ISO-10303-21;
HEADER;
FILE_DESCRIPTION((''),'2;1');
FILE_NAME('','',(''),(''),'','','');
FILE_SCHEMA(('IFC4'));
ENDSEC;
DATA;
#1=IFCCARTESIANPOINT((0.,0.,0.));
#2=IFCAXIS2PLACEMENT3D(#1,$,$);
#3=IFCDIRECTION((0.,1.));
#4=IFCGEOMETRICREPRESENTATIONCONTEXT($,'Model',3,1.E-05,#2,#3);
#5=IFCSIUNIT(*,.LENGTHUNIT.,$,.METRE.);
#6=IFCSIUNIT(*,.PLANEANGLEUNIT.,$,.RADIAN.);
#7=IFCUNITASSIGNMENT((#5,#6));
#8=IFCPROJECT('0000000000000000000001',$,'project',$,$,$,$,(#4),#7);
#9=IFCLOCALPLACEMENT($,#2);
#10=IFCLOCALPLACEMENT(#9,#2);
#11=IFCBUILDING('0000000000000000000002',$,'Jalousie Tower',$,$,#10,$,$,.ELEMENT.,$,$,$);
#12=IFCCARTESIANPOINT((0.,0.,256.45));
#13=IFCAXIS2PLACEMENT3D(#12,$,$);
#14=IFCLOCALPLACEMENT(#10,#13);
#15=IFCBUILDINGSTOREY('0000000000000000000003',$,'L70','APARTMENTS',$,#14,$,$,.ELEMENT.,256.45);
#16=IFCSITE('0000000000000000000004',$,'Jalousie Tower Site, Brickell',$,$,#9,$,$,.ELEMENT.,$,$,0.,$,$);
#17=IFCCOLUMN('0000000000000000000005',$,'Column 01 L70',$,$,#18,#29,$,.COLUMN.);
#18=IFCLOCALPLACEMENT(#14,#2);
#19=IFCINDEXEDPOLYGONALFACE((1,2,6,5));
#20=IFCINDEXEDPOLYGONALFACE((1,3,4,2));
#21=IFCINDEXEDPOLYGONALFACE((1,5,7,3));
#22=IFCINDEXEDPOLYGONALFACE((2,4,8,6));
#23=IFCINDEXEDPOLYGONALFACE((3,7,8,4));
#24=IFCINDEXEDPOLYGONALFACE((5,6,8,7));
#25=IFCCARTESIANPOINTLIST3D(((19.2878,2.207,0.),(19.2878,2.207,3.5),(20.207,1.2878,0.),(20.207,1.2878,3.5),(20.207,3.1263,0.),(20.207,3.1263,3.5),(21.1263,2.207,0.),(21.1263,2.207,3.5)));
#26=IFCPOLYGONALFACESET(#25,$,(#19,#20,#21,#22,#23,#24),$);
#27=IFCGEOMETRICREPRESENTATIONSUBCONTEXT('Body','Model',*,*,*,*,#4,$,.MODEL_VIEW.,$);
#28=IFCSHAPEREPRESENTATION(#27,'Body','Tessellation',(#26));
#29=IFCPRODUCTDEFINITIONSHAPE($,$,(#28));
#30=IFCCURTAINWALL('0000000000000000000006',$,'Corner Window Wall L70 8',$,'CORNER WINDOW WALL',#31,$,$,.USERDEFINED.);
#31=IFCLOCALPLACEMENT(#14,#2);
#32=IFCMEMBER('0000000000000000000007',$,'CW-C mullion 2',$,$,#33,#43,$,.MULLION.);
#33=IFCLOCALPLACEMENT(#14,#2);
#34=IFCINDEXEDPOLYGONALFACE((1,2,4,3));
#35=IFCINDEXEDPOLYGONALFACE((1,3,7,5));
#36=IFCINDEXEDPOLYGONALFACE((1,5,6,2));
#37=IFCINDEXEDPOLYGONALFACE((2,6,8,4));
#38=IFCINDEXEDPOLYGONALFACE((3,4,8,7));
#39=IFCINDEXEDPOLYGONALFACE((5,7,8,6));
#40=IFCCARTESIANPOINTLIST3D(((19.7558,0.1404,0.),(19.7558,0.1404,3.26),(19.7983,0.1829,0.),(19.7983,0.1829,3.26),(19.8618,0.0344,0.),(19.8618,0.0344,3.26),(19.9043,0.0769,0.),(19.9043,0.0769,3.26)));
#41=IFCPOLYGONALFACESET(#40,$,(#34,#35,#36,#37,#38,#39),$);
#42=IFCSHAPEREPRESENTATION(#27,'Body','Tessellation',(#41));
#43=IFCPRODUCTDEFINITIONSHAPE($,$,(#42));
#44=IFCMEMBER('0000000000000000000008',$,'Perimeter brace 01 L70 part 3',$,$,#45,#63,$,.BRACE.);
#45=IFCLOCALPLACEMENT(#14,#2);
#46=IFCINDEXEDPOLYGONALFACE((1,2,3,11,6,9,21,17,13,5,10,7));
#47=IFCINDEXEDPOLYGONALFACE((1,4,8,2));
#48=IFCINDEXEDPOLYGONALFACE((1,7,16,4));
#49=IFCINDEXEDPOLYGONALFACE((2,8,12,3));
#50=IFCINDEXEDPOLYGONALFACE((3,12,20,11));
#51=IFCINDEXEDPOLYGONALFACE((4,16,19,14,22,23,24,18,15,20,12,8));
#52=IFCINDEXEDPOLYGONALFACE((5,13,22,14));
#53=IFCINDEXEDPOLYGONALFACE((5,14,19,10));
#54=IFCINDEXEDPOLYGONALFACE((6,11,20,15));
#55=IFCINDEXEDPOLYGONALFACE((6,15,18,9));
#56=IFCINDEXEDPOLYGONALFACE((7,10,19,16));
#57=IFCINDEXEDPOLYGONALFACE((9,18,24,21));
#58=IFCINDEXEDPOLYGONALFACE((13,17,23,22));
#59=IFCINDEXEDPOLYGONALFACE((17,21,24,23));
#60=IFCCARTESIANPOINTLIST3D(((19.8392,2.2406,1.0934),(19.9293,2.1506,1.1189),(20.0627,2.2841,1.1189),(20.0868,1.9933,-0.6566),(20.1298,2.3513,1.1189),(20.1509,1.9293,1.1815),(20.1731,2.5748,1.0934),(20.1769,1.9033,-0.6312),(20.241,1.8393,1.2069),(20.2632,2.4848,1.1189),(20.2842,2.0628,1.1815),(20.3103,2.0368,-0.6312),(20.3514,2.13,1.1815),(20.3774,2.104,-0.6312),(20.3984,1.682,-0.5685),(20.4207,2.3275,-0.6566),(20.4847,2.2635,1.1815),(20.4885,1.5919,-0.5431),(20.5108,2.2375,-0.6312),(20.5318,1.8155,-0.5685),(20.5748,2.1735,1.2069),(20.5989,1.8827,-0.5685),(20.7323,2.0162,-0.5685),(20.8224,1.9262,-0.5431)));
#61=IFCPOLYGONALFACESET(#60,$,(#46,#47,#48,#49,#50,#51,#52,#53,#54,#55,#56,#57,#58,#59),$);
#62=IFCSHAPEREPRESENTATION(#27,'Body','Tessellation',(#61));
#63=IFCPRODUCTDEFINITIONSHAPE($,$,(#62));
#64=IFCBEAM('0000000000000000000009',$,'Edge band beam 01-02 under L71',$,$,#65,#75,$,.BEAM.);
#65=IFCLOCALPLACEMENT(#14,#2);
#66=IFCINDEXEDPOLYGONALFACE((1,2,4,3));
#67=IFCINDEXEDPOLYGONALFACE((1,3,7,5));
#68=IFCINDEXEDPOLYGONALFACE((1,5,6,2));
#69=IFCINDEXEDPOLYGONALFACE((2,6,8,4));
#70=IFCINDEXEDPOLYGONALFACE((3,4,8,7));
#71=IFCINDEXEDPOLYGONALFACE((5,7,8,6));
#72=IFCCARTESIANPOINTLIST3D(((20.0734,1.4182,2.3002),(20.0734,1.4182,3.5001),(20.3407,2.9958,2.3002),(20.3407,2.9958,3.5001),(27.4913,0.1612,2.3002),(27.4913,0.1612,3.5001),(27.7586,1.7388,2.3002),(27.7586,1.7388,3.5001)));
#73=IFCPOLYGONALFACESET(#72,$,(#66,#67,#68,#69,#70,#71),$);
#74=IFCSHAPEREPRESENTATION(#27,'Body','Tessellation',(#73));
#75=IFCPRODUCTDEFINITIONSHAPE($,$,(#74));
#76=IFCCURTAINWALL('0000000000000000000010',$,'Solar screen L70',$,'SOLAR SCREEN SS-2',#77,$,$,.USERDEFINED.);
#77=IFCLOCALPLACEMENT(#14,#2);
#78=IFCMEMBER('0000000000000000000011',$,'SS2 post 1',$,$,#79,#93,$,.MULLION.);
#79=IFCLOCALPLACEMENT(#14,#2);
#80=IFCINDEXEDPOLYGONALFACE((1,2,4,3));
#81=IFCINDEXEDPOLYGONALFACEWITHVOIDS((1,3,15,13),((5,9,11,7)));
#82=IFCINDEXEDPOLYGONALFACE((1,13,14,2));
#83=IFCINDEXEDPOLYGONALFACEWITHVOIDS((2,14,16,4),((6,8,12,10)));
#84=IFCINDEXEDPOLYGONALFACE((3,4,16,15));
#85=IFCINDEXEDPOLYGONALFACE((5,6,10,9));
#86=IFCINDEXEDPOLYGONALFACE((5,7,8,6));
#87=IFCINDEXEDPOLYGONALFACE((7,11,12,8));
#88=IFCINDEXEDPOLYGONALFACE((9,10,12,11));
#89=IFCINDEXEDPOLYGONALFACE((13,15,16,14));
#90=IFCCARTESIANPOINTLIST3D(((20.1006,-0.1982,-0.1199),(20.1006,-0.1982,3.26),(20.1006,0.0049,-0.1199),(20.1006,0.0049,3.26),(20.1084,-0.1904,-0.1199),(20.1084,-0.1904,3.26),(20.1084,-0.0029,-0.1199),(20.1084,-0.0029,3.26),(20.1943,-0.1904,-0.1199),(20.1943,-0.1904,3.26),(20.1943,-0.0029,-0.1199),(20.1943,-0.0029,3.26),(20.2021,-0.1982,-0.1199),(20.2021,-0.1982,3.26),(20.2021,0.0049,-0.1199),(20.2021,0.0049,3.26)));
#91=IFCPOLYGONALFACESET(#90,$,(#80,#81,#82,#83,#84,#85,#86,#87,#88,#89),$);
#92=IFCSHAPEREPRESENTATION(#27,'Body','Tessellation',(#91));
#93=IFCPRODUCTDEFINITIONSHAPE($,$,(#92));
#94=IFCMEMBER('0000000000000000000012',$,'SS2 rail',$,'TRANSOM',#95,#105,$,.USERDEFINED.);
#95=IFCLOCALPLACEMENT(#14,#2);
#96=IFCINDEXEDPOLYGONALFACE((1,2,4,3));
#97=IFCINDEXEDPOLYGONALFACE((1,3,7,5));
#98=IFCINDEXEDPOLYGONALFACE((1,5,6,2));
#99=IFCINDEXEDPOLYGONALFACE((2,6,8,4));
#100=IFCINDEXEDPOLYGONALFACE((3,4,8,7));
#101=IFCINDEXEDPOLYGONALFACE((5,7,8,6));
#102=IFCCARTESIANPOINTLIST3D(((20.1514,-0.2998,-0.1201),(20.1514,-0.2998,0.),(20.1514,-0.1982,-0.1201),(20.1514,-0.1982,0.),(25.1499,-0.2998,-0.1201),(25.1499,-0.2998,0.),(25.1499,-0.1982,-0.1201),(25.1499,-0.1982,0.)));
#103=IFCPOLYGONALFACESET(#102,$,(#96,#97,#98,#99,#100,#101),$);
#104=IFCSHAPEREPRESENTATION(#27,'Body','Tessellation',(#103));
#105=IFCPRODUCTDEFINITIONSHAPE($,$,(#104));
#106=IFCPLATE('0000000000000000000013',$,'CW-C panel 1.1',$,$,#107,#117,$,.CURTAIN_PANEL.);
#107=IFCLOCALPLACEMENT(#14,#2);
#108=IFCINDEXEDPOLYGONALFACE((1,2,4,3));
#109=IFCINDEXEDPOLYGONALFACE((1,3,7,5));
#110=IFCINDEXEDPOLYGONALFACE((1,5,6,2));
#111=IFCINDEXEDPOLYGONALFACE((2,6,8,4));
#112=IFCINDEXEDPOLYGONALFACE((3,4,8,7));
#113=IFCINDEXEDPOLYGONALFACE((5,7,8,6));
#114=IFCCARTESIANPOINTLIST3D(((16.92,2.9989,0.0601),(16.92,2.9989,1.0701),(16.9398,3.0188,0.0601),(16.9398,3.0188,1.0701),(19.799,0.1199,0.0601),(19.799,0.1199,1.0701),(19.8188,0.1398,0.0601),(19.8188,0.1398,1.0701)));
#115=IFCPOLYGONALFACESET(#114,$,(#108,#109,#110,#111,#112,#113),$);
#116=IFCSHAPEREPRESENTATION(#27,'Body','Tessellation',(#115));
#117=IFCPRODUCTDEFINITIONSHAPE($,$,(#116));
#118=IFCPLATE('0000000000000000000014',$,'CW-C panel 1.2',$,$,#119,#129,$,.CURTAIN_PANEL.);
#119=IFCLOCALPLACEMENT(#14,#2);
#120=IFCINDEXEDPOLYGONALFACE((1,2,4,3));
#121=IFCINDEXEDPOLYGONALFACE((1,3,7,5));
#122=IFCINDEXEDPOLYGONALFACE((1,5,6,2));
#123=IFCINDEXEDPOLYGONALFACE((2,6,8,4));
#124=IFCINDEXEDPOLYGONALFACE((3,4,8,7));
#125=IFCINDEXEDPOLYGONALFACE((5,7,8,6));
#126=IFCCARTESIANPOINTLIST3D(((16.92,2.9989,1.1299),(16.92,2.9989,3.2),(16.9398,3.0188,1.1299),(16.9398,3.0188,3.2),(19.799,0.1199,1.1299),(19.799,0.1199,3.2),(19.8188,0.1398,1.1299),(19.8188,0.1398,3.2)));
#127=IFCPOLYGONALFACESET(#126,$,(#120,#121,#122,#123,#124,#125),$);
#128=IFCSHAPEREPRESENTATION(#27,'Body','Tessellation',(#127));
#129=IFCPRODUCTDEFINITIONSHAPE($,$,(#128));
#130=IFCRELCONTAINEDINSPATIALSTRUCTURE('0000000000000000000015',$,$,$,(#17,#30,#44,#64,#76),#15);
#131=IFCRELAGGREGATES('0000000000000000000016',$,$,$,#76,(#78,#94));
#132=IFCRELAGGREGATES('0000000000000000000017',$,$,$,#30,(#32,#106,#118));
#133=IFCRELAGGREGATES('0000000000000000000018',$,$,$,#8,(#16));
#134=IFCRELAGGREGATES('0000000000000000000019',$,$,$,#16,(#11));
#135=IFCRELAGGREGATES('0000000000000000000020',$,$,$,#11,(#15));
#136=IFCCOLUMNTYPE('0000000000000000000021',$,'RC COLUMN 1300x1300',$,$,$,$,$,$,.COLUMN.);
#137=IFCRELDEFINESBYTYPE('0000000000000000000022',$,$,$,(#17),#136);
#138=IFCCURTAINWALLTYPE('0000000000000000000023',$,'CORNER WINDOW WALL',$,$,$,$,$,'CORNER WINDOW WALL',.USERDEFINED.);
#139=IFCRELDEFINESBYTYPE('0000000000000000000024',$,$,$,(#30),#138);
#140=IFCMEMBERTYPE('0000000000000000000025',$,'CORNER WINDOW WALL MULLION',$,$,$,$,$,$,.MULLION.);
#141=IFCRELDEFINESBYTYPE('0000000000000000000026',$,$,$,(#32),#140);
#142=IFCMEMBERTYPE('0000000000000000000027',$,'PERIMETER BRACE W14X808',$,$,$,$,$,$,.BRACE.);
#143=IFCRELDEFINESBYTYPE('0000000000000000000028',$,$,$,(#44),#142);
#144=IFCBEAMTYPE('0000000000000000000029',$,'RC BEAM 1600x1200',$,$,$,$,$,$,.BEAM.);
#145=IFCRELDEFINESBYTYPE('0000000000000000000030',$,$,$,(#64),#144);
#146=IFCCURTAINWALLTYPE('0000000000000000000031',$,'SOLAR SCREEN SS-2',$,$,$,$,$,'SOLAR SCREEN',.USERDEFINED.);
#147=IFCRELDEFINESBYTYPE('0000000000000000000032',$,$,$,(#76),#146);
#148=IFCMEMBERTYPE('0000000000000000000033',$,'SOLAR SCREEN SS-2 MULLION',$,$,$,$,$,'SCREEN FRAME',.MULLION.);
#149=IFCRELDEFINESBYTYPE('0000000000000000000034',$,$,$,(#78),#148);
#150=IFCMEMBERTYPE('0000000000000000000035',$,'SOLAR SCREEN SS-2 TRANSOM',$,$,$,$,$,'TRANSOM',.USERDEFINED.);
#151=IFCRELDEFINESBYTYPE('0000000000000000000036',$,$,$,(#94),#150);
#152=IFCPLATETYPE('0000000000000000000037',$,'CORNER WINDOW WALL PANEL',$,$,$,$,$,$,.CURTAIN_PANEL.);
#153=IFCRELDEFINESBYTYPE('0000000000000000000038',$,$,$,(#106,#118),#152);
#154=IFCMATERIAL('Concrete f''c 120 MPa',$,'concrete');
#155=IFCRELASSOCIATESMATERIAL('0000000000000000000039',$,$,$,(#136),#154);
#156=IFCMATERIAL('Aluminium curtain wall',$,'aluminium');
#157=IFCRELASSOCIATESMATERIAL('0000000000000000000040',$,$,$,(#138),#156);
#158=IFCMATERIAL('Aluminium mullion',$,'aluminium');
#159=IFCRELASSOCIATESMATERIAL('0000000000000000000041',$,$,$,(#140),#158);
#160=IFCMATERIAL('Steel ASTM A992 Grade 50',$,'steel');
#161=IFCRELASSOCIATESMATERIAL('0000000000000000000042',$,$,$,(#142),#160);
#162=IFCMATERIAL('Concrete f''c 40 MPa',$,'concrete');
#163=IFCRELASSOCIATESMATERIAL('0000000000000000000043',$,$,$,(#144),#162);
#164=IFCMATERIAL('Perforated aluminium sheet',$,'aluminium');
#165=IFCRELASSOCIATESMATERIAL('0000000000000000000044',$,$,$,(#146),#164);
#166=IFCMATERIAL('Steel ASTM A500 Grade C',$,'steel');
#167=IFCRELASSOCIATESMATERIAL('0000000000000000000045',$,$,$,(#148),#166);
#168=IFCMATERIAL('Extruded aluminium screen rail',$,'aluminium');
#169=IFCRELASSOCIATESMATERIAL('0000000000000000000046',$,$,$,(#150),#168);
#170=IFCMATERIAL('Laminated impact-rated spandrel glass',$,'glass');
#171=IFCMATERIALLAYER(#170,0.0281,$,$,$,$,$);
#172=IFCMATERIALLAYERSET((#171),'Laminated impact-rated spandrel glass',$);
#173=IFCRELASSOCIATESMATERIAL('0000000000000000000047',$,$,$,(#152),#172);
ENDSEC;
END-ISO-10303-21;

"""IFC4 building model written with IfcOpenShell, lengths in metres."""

from ifc_helpers import new_model, si_unit, direction, frame, origin, origin_2d, place, context, subcontext, project, spatial, rectangle, hollow_rectangle, i_section, extrude, material, layer, layer_set, material_profile, profile_set, type_object, element, aggregate, save


model = new_model("IFC4")

# Units and contexts
model_context = context("Model", 3, precision=1e-05, world=origin(), true_north=direction((0.0, 1.0)))
body_context = subcontext(model_context, "Body", "Model", "MODEL_VIEW")
ifc_project = project(units=[si_unit("LENGTHUNIT", "METRE"), si_unit("PLANEANGLEUNIT", "RADIAN")], contexts=[model_context])

# Site, building, storey
site_placement = place(None, origin())
site = spatial("IfcSite", under=ifc_project, at=site_placement, Name="Jalousie Tower Site, Brickell", CompositionType="ELEMENT", RefElevation=0.0)
building_placement = place(site_placement, origin())
building = spatial("IfcBuilding", under=site, at=building_placement, Name="Jalousie Tower", CompositionType="ELEMENT")
storey_placement = place(building_placement, frame((0.0, 0.0, 256.45)))
storey = spatial("IfcBuildingStorey", under=building, at=storey_placement, Name="L70", Description="APARTMENTS", CompositionType="ELEMENT", Elevation=256.45)

# Column
ifc_material_1 = material(Name="Concrete f'c 120 MPa", Category="concrete")
ifc_material_profile_1 = material_profile(ifc_material_1, rectangle(XDim=1.3, YDim=1.3, at=origin_2d()), Name="RC 1300x1300")
ifc_profile_set_1 = profile_set([ifc_material_profile_1], Name="Concrete f'c 120 MPa")
column_type = type_object("IfcColumnType", Name="RC COLUMN 1300x1300", PredefinedType="COLUMN", material=ifc_profile_set_1)
column_placement = place(storey_placement, frame((20.207, 2.207, 0.0), z_axis=(0.0, 0.0, 1.0), x_axis=(0.707107, 0.707107, 0.0)))
element("IfcColumn", 1, at=column_placement, inside=storey, type_object=column_type, Name="Column 01 L70", PredefinedType="COLUMN", context=body_context, shape_type="SweptSolid", body=[
    extrude(rectangle(XDim=1.3, YDim=1.3, at=origin_2d()), origin(), (0.0, 0.0, 1.0), 3.5),
])

# Curtain wall, member
ifc_material_2 = material(Name="Aluminium curtain wall", Category="aluminium")
curtain_wall_type_1 = type_object("IfcCurtainWallType", Name="CORNER WINDOW WALL", ElementType="CORNER WINDOW WALL", PredefinedType="USERDEFINED", material=ifc_material_2)
curtain_wall_1_placement = place(storey_placement, origin())
curtain_wall_1 = element("IfcCurtainWall", 2, at=curtain_wall_1_placement, inside=storey, type_object=curtain_wall_type_1, Name="Corner Window Wall L70 8", ObjectType="CORNER WINDOW WALL", PredefinedType="USERDEFINED")
ifc_material_3 = material(Name="Aluminium mullion", Category="aluminium")
ifc_material_profile_2 = material_profile(ifc_material_3, rectangle(XDim=0.0601, YDim=0.1499, at=origin_2d()), Name="MULLION 60x150")
ifc_profile_set_2 = profile_set([ifc_material_profile_2], Name="Aluminium mullion")
member_type_1 = type_object("IfcMemberType", Name="CORNER WINDOW WALL MULLION", PredefinedType="MULLION", material=ifc_profile_set_2)
member_1_placement = place(storey_placement, frame((19.8301, 0.1086, 0.0), z_axis=(0.0, 0.0, 1.0), x_axis=(0.707107, 0.707107, 0.0)))
member_1 = element("IfcMember", 3, at=member_1_placement, type_object=member_type_1, Name="CW-C mullion 2", PredefinedType="MULLION", context=body_context, shape_type="SweptSolid", body=[
    extrude(rectangle(XDim=0.0601, YDim=0.1499, at=origin_2d()), origin(), (0.0, 0.0, 1.0), 3.26),
])

# Member
ifc_material_4 = material(Name="Steel ASTM A992 Grade 50", Category="steel")
ifc_material_profile_3 = material_profile(ifc_material_4, i_section(OverallWidth=0.4724, OverallDepth=0.5791, WebThickness=0.095, FlangeThickness=0.1299, at=origin_2d()), Name="W14X808")
ifc_profile_set_3 = profile_set([ifc_material_profile_3], Name="Steel ASTM A992 Grade 50")
member_type_2 = type_object("IfcMemberType", Name="PERIMETER BRACE W14X808", PredefinedType="BRACE", material=ifc_profile_set_3)
member_2_placement = place(storey_placement, frame((20.4546, 1.9597, -0.5999), z_axis=(-0.138716, 0.138579, 0.980588), x_axis=(-0.706758, -0.707456, 0.0)))
element("IfcMember", 4, at=member_2_placement, inside=storey, type_object=member_type_2, Name="Perimeter brace 01 L70 part 3", PredefinedType="BRACE", context=body_context, shape_type="SweptSolid", body=[
    extrude(i_section(OverallWidth=0.4724, OverallDepth=0.5791, WebThickness=0.095, FlangeThickness=0.1299, at=origin_2d()), origin(), (0.0, 0.0, 1.0), 1.7847),
])

# Beam
ifc_material_5 = material(Name="Concrete f'c 40 MPa", Category="concrete")
ifc_material_profile_4 = material_profile(ifc_material_5, rectangle(XDim=1.6001, YDim=1.2, at=origin_2d()), Name="RC 1600x1200")
ifc_profile_set_4 = profile_set([ifc_material_profile_4], Name="Concrete f'c 40 MPa")
beam_type = type_object("IfcBeamType", Name="RC BEAM 1600x1200", PredefinedType="BEAM", material=ifc_profile_set_4)
beam_placement = place(storey_placement, frame((20.207, 2.207, 2.9001), z_axis=(0.985943, -0.167082, 0.0), x_axis=(0.167082, 0.985943, 0.0)))
element("IfcBeam", 5, at=beam_placement, inside=storey, type_object=beam_type, Name="Edge band beam 01-02 under L71", PredefinedType="BEAM", context=body_context, shape_type="SweptSolid", body=[
    extrude(rectangle(XDim=1.6001, YDim=1.2, at=origin_2d()), origin(), (0.0, 0.0, 1.0), 7.5237),
])

# Curtain wall, members
ifc_material_6 = material(Name="Perforated aluminium sheet", Category="aluminium")
curtain_wall_type_2 = type_object("IfcCurtainWallType", Name="SOLAR SCREEN SS-2", ElementType="SOLAR SCREEN", PredefinedType="USERDEFINED", material=ifc_material_6)
curtain_wall_2_placement = place(storey_placement, origin())
curtain_wall_2 = element("IfcCurtainWall", 6, at=curtain_wall_2_placement, inside=storey, type_object=curtain_wall_type_2, Name="Solar screen L70", ObjectType="SOLAR SCREEN SS-2", PredefinedType="USERDEFINED")
ifc_material_7 = material(Name="Steel ASTM A500 Grade C", Category="steel")
ifc_material_profile_5 = material_profile(ifc_material_7, hollow_rectangle(XDim=0.1016, YDim=0.2031, WallThickness=0.0078, at=origin_2d()), Name="HSS8X4X5/16")
ifc_profile_set_5 = profile_set([ifc_material_profile_5], Name="Steel ASTM A500 Grade C")
member_type_3 = type_object("IfcMemberType", Name="SOLAR SCREEN SS-2 MULLION", ElementType="SCREEN FRAME", PredefinedType="MULLION", material=ifc_profile_set_5)
member_3_placement = place(storey_placement, frame((20.1514, -0.0967, -0.1199), z_axis=(0.0, 0.0, 1.0), x_axis=(1.0, 0.0, 0.0)))
member_3 = element("IfcMember", 7, at=member_3_placement, type_object=member_type_3, Name="SS2 post 1", PredefinedType="MULLION", context=body_context, shape_type="SweptSolid", body=[
    extrude(hollow_rectangle(XDim=0.1016, YDim=0.2031, WallThickness=0.0078, at=origin_2d()), origin(), (0.0, 0.0, 1.0), 3.3799),
])
ifc_material_8 = material(Name="Extruded aluminium screen rail", Category="aluminium")
ifc_material_profile_6 = material_profile(ifc_material_8, rectangle(XDim=0.1016, YDim=0.1201, at=origin_2d()), Name="RAIL 102x120")
ifc_profile_set_6 = profile_set([ifc_material_profile_6], Name="Extruded aluminium screen rail")
member_type_4 = type_object("IfcMemberType", Name="SOLAR SCREEN SS-2 TRANSOM", ElementType="TRANSOM", PredefinedType="USERDEFINED", material=ifc_profile_set_6)
member_4_placement = place(storey_placement, frame((20.1514, -0.249, -0.0601), z_axis=(1.0, 0.0, 0.0), x_axis=(0.0, 1.0, 0.0)))
member_4 = element("IfcMember", 8, at=member_4_placement, type_object=member_type_4, Name="SS2 rail", ObjectType="TRANSOM", PredefinedType="USERDEFINED", context=body_context, shape_type="SweptSolid", body=[
    extrude(rectangle(XDim=0.1016, YDim=0.1201, at=origin_2d()), origin(), (0.0, 0.0, 1.0), 4.9985),
])
aggregate(curtain_wall_2, [member_3, member_4])

# Plates
ifc_material_9 = material(Name="Laminated impact-rated spandrel glass", Category="glass")
ifc_layer = layer(ifc_material_9, 0.0281)
ifc_layer_set = layer_set([ifc_layer], Name="Laminated impact-rated spandrel glass")
plate_type = type_object("IfcPlateType", Name="CORNER WINDOW WALL PANEL", PredefinedType="CURTAIN_PANEL", material=ifc_layer_set)
plate_1_placement = place(storey_placement, frame((18.3694, 1.5693, 0.0601), z_axis=(0.0, 0.0, 1.0), x_axis=(0.707107, -0.707107, 0.0)))
plate_1 = element("IfcPlate", 9, at=plate_1_placement, type_object=plate_type, Name="CW-C panel 1.1", PredefinedType="CURTAIN_PANEL", context=body_context, shape_type="SweptSolid", body=[
    extrude(rectangle(XDim=4.0715, YDim=0.0281, at=origin_2d()), origin(), (0.0, 0.0, 1.0), 1.01),
])
plate_2_placement = place(storey_placement, frame((18.3694, 1.5693, 1.1299), z_axis=(0.0, 0.0, 1.0), x_axis=(0.707107, -0.707107, 0.0)))
plate_2 = element("IfcPlate", 10, at=plate_2_placement, type_object=plate_type, Name="CW-C panel 1.2", PredefinedType="CURTAIN_PANEL", context=body_context, shape_type="SweptSolid", body=[
    extrude(rectangle(XDim=4.0715, YDim=0.0281, at=origin_2d()), origin(), (0.0, 0.0, 1.0), 2.0701),
])
aggregate(curtain_wall_1, [member_1, plate_1, plate_2])

save(model, "model.ifc")
